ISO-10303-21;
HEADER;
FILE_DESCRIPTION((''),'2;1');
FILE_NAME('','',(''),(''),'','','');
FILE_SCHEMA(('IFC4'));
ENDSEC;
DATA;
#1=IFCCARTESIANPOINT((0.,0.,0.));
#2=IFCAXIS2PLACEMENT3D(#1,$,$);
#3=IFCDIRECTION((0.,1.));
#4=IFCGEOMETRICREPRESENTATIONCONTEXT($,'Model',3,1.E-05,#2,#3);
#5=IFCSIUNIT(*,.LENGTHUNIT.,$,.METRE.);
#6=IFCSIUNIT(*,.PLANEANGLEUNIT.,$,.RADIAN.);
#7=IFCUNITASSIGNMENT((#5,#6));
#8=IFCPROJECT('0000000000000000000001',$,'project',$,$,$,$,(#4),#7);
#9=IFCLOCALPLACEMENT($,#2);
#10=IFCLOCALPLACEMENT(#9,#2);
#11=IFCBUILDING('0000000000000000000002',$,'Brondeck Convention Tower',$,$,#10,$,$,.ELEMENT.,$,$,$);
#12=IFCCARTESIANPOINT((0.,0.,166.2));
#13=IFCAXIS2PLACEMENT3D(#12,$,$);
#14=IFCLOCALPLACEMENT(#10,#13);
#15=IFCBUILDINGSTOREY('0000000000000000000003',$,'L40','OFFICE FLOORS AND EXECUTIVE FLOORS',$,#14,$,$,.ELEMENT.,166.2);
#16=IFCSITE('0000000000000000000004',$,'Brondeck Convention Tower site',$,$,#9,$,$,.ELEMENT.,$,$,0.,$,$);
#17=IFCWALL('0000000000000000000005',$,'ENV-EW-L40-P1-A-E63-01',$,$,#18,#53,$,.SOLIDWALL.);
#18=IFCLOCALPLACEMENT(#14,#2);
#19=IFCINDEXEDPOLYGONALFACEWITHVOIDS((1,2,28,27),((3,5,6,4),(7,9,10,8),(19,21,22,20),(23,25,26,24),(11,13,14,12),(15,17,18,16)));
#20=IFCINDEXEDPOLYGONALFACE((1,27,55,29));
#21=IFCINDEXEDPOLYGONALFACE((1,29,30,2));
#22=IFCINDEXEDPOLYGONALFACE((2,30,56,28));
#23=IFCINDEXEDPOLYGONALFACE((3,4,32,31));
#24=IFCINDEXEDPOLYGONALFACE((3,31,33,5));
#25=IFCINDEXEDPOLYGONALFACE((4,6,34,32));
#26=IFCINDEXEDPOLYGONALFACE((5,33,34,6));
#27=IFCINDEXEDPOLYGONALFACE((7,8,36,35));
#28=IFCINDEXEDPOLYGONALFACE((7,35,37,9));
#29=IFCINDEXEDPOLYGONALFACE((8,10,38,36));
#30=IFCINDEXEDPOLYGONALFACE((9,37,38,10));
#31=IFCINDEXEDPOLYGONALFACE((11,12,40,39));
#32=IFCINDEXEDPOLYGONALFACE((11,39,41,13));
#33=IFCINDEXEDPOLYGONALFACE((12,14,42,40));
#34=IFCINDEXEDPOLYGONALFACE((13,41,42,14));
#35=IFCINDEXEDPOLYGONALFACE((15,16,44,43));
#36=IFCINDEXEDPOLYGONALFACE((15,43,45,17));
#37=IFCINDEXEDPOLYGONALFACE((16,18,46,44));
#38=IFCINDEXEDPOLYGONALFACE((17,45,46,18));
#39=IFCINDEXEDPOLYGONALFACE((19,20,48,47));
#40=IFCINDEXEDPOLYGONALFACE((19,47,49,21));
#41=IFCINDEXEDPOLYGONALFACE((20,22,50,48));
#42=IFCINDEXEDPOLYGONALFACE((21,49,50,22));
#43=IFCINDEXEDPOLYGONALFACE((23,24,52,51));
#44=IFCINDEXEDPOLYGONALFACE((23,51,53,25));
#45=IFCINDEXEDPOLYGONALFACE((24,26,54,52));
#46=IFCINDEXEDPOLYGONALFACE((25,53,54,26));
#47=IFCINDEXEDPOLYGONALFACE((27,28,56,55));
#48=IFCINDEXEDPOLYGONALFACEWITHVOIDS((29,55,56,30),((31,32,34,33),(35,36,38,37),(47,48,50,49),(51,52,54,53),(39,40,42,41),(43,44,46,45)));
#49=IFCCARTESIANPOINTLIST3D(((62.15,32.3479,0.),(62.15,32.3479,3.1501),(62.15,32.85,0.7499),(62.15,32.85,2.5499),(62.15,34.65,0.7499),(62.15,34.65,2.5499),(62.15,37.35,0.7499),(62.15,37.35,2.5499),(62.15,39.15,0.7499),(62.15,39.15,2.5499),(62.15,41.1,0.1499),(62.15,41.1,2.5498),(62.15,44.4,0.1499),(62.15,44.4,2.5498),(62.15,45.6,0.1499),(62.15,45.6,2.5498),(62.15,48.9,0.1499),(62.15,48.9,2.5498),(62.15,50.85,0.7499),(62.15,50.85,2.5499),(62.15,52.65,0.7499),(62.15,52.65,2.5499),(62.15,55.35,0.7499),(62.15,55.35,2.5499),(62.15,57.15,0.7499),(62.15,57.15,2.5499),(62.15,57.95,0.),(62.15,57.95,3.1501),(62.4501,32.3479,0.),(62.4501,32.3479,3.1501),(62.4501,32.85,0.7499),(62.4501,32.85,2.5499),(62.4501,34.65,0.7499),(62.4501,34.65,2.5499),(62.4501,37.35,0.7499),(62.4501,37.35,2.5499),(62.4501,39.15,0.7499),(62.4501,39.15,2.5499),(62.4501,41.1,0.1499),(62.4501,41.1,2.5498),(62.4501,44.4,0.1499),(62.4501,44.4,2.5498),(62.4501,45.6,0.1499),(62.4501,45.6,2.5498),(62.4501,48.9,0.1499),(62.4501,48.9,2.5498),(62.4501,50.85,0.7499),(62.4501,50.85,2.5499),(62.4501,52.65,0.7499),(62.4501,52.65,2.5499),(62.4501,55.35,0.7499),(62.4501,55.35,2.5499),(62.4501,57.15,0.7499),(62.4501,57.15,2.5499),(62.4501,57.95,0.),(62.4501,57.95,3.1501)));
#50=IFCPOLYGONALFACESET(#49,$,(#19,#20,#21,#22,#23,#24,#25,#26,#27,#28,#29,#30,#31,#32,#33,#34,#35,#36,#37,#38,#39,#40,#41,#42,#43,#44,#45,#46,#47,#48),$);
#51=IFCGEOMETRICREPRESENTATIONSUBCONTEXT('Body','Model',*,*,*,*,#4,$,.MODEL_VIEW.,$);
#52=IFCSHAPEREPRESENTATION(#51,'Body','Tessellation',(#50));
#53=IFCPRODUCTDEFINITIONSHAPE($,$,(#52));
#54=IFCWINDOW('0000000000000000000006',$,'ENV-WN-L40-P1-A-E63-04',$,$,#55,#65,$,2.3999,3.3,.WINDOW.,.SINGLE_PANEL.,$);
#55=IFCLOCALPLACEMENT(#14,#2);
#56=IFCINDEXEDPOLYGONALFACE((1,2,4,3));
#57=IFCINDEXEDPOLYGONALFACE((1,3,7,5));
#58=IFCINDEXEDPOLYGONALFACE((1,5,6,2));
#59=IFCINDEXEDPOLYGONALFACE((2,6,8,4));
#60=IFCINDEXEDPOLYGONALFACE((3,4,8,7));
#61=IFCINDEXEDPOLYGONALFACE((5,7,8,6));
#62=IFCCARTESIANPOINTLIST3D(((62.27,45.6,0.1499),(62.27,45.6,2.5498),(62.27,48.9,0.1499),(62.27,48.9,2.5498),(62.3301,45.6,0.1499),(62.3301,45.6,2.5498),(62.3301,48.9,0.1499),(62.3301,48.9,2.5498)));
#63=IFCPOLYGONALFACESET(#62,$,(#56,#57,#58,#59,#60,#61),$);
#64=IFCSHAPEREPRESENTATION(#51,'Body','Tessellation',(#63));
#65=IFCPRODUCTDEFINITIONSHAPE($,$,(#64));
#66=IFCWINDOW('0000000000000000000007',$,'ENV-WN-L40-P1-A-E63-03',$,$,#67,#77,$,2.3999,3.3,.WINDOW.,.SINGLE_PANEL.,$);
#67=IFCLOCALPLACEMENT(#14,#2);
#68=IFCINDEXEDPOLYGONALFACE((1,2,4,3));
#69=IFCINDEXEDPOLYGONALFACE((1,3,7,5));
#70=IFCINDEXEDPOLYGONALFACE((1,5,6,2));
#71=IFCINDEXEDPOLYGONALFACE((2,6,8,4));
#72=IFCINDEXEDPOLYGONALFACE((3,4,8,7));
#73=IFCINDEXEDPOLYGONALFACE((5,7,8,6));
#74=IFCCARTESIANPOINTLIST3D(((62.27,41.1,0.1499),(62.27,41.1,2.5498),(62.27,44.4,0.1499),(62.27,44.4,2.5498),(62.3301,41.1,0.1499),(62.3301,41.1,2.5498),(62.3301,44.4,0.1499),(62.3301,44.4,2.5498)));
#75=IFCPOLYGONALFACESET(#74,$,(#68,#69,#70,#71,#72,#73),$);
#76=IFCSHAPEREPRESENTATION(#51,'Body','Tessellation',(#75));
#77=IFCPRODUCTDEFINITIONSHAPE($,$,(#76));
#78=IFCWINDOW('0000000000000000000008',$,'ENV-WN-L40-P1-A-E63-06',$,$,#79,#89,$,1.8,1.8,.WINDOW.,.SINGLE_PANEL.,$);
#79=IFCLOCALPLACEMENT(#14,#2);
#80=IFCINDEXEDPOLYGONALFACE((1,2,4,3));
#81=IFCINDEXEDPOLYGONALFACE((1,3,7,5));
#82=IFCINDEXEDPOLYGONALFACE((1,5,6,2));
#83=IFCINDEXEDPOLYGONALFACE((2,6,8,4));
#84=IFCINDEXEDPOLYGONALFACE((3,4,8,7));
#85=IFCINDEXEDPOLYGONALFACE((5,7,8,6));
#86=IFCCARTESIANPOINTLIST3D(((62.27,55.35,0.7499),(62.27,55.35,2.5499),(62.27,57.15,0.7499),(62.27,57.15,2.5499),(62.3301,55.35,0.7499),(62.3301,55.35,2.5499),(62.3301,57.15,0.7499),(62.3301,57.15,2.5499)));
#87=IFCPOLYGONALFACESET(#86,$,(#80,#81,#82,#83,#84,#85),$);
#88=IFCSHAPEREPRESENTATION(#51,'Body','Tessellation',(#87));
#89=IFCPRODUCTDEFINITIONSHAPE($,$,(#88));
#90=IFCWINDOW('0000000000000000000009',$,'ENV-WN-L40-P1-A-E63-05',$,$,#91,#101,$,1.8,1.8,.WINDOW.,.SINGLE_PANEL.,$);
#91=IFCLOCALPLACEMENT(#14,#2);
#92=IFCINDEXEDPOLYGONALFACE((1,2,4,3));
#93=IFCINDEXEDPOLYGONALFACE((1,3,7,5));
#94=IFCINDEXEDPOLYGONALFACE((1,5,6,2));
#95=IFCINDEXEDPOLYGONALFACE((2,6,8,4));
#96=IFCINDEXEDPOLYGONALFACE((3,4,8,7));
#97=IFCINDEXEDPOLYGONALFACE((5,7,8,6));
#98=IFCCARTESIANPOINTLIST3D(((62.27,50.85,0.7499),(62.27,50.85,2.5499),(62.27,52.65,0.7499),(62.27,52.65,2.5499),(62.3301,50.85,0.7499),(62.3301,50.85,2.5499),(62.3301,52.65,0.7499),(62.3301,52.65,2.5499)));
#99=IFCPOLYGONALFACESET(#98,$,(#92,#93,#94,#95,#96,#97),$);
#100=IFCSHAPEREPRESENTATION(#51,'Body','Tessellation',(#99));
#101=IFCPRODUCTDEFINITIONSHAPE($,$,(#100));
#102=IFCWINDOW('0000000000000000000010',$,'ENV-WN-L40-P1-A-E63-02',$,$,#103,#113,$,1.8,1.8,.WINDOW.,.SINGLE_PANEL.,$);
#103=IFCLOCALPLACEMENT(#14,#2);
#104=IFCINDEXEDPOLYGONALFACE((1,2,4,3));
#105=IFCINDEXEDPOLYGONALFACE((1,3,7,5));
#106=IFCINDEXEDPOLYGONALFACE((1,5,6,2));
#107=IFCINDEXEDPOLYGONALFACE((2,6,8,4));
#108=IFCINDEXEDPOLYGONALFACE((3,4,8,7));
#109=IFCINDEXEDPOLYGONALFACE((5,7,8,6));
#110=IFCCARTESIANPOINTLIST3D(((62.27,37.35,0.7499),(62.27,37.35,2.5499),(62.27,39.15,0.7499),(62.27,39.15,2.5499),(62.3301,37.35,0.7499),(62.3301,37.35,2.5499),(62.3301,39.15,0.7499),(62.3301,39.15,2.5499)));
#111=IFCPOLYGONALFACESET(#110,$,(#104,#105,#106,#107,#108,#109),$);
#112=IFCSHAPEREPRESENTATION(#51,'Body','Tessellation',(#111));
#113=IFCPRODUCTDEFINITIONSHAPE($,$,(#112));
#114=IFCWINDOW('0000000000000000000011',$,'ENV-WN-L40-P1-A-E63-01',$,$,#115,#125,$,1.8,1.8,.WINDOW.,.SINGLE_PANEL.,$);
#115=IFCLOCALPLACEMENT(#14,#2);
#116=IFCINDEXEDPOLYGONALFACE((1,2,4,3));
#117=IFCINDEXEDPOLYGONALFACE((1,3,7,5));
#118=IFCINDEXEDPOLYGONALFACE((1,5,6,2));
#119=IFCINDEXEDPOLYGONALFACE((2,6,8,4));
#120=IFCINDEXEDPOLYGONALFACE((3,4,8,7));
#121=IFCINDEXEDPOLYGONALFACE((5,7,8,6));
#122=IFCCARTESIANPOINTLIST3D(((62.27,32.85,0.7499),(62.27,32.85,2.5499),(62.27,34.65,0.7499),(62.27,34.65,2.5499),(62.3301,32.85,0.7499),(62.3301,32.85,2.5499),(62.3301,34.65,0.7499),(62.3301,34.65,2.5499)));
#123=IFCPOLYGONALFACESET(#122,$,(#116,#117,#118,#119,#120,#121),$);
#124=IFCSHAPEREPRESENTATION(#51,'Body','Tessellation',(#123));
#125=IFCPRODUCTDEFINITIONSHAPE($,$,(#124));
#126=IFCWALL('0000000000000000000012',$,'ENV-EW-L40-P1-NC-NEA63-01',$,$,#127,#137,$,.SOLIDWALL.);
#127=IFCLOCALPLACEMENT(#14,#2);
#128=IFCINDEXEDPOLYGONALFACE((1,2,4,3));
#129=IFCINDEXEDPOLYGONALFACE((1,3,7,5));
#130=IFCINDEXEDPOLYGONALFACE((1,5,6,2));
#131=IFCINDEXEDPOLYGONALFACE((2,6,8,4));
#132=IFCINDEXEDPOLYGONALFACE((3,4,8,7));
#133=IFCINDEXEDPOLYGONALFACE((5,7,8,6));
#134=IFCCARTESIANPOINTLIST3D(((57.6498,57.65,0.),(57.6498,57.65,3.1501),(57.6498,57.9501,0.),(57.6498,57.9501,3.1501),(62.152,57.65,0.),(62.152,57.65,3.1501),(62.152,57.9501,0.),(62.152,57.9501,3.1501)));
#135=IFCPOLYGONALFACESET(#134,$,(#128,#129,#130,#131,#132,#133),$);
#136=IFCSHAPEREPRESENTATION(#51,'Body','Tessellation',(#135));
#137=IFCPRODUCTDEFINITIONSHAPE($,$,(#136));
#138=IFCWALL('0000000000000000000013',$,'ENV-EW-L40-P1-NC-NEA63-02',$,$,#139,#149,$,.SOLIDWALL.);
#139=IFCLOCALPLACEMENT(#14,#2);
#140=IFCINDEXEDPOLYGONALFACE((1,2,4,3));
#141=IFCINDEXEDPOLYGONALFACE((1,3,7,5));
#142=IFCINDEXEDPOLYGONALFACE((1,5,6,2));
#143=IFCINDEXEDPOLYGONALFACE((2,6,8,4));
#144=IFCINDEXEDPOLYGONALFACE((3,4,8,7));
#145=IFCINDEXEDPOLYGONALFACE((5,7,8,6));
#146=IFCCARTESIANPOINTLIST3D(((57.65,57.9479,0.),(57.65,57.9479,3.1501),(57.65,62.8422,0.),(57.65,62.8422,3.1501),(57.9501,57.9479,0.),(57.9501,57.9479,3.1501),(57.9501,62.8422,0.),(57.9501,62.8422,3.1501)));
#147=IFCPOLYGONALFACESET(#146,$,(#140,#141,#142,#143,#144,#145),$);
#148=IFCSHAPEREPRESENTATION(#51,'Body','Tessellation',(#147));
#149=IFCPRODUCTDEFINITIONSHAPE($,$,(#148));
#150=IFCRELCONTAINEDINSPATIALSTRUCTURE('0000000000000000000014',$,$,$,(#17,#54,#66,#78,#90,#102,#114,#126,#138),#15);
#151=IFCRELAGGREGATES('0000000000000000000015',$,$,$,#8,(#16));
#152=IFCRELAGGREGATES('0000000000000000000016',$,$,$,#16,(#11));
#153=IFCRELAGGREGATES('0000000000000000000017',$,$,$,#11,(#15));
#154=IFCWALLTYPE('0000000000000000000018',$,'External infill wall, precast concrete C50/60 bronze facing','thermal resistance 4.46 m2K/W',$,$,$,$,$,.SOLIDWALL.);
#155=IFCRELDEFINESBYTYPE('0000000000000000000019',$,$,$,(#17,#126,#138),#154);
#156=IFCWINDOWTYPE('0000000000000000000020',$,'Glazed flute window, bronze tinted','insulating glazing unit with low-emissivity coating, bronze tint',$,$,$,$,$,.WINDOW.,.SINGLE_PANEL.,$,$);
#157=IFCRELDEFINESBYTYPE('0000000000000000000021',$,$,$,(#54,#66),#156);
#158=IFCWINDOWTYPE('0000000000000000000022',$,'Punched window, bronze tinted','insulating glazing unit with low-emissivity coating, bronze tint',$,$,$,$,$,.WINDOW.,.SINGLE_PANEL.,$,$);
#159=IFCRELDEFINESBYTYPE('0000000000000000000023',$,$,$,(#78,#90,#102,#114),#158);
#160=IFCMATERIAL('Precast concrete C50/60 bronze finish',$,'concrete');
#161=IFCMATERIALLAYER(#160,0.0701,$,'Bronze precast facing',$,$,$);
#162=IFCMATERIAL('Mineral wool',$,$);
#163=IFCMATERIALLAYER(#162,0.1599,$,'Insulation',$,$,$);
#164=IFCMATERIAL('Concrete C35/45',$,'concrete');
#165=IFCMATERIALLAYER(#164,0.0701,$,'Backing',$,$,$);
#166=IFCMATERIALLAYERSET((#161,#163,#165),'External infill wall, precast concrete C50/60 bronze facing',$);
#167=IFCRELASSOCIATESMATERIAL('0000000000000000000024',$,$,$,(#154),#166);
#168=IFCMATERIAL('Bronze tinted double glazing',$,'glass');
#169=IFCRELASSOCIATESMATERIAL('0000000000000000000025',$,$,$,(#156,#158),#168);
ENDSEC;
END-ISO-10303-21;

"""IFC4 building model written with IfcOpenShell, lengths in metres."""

from ifc_helpers import new_model, si_unit, direction, frame, frame_2d, origin, place, context, subcontext, project, spatial, rectangle, extrude, material, layer, layer_set, type_object, element, fill, save


model = new_model("IFC4")

# Units and contexts
model_context = context("Model", 3, precision=1e-05, world=origin(), true_north=direction((0.0, 1.0)))
body_context = subcontext(model_context, "Body", "Model", "MODEL_VIEW")
ifc_project = project(units=[si_unit("LENGTHUNIT", "METRE"), si_unit("PLANEANGLEUNIT", "RADIAN")], contexts=[model_context])

# Site, building, storey
site_placement = place(None, origin())
site = spatial("IfcSite", under=ifc_project, at=site_placement, Name="Brondeck Convention Tower site", CompositionType="ELEMENT", RefElevation=0.0)
building_placement = place(site_placement, origin())
building = spatial("IfcBuilding", under=site, at=building_placement, Name="Brondeck Convention Tower", CompositionType="ELEMENT")
storey_placement = place(building_placement, frame((0.0, 0.0, 166.2)))
storey = spatial("IfcBuildingStorey", under=building, at=storey_placement, Name="L40", Description="OFFICE FLOORS AND EXECUTIVE FLOORS", CompositionType="ELEMENT", Elevation=166.2)

# Wall, openings, windows
ifc_material_1 = material(Name="Precast concrete C50/60 bronze finish", Category="concrete")
ifc_layer_1 = layer(ifc_material_1, 0.0701, Name="Bronze precast facing")
ifc_material_2 = material(Name="Mineral wool")
ifc_layer_2 = layer(ifc_material_2, 0.1599, Name="Insulation")
ifc_material_3 = material(Name="Concrete C35/45", Category="concrete")
ifc_layer_3 = layer(ifc_material_3, 0.0701, Name="Backing")
ifc_layer_set = layer_set([ifc_layer_1, ifc_layer_2, ifc_layer_3], Name="External infill wall, precast concrete C50/60 bronze facing")
wall_type = type_object("IfcWallType", Name="External infill wall, precast concrete C50/60 bronze facing", Description="thermal resistance 4.46 m2K/W", PredefinedType="SOLIDWALL", material=ifc_layer_set)
wall_1_placement = place(storey_placement, frame((62.3, 57.95, 0.0), z_axis=(0.0, 0.0, 1.0), x_axis=(0.0, -1.0, 0.0)))
wall_1 = element("IfcWall", 1, at=wall_1_placement, inside=storey, type_object=wall_type, Name="ENV-EW-L40-P1-A-E63-01", PredefinedType="SOLIDWALL", context=body_context, shape_type="SweptSolid", body=[
    extrude(rectangle(XDim=25.6021, YDim=0.3, at=frame_2d((12.801, 0.0))), origin(), (0.0, 0.0, 1.0), 3.1501),
])
opening_1_placement = place(wall_1_placement, frame((0.8, 0.0, 0.75)))
opening_1 = element("IfcOpeningElement", 2, at=opening_1_placement, cuts=wall_1, PredefinedType="OPENING", context=body_context, shape_type="SweptSolid", body=[
    extrude(rectangle(XDim=1.8, YDim=1.8, at=frame_2d((0.8999, 0.8999))), frame((0.0, 0.1599, 0.0), z_axis=(0.0, -1.0, 0.0), x_axis=(1.0, 0.0, 0.0)), (0.0, 0.0, 1.0), 0.3201),
])
opening_2_placement = place(wall_1_placement, frame((5.3, 0.0, 0.75)))
opening_2 = element("IfcOpeningElement", 3, at=opening_2_placement, cuts=wall_1, PredefinedType="OPENING", context=body_context, shape_type="SweptSolid", body=[
    extrude(rectangle(XDim=1.8, YDim=1.8, at=frame_2d((0.8999, 0.8999))), frame((0.0, 0.1599, 0.0), z_axis=(0.0, -1.0, 0.0), x_axis=(1.0, 0.0, 0.0)), (0.0, 0.0, 1.0), 0.3201),
])
opening_3_placement = place(wall_1_placement, frame((9.05, 0.0, 0.1499)))
opening_3 = element("IfcOpeningElement", 4, at=opening_3_placement, cuts=wall_1, PredefinedType="OPENING", context=body_context, shape_type="SweptSolid", body=[
    extrude(rectangle(XDim=3.3, YDim=2.3999, at=frame_2d((1.6499, 1.2))), frame((0.0, 0.1599, 0.0), z_axis=(0.0, -1.0, 0.0), x_axis=(1.0, 0.0, 0.0)), (0.0, 0.0, 1.0), 0.3201),
])
opening_4_placement = place(wall_1_placement, frame((13.55, 0.0, 0.1499)))
opening_4 = element("IfcOpeningElement", 5, at=opening_4_placement, cuts=wall_1, PredefinedType="OPENING", context=body_context, shape_type="SweptSolid", body=[
    extrude(rectangle(XDim=3.3, YDim=2.3999, at=frame_2d((1.6499, 1.2))), frame((0.0, 0.1599, 0.0), z_axis=(0.0, -1.0, 0.0), x_axis=(1.0, 0.0, 0.0)), (0.0, 0.0, 1.0), 0.3201),
])
opening_5_placement = place(wall_1_placement, frame((18.8, 0.0, 0.75)))
opening_5 = element("IfcOpeningElement", 6, at=opening_5_placement, cuts=wall_1, PredefinedType="OPENING", context=body_context, shape_type="SweptSolid", body=[
    extrude(rectangle(XDim=1.8, YDim=1.8, at=frame_2d((0.8999, 0.8999))), frame((0.0, 0.1599, 0.0), z_axis=(0.0, -1.0, 0.0), x_axis=(1.0, 0.0, 0.0)), (0.0, 0.0, 1.0), 0.3201),
])
opening_6_placement = place(wall_1_placement, frame((23.3, 0.0, 0.75)))
opening_6 = element("IfcOpeningElement", 7, at=opening_6_placement, cuts=wall_1, PredefinedType="OPENING", context=body_context, shape_type="SweptSolid", body=[
    extrude(rectangle(XDim=1.8, YDim=1.8, at=frame_2d((0.8999, 0.8999))), frame((0.0, 0.1599, 0.0), z_axis=(0.0, -1.0, 0.0), x_axis=(1.0, 0.0, 0.0)), (0.0, 0.0, 1.0), 0.3201),
])
ifc_material_4 = material(Name="Bronze tinted double glazing", Category="glass")
window_type_1 = type_object("IfcWindowType", Name="Glazed flute window, bronze tinted", Description="insulating glazing unit with low-emissivity coating, bronze tint", PartitioningType="SINGLE_PANEL", PredefinedType="WINDOW", material=ifc_material_4)
window_1_placement = place(opening_3_placement, origin())
window_1 = element("IfcWindow", 8, at=window_1_placement, inside=storey, type_object=window_type_1, Name="ENV-WN-L40-P1-A-E63-04", OverallHeight=2.3999, OverallWidth=3.3, PartitioningType="SINGLE_PANEL", PredefinedType="WINDOW", context=body_context, shape_type="SweptSolid", body=[
    extrude(rectangle(XDim=3.3, YDim=2.3999, at=frame_2d((1.6499, 1.2))), frame((0.0, 0.03, 0.0), z_axis=(0.0, -1.0, 0.0), x_axis=(1.0, 0.0, 0.0)), (0.0, 0.0, 1.0), 0.0601),
])
fill(opening_3, window_1)
window_2_placement = place(opening_4_placement, origin())
window_2 = element("IfcWindow", 9, at=window_2_placement, inside=storey, type_object=window_type_1, Name="ENV-WN-L40-P1-A-E63-03", OverallHeight=2.3999, OverallWidth=3.3, PartitioningType="SINGLE_PANEL", PredefinedType="WINDOW", context=body_context, shape_type="SweptSolid", body=[
    extrude(rectangle(XDim=3.3, YDim=2.3999, at=frame_2d((1.6499, 1.2))), frame((0.0, 0.03, 0.0), z_axis=(0.0, -1.0, 0.0), x_axis=(1.0, 0.0, 0.0)), (0.0, 0.0, 1.0), 0.0601),
])
fill(opening_4, window_2)
window_type_2 = type_object("IfcWindowType", Name="Punched window, bronze tinted", Description="insulating glazing unit with low-emissivity coating, bronze tint", PartitioningType="SINGLE_PANEL", PredefinedType="WINDOW", material=ifc_material_4)
window_3_placement = place(opening_1_placement, origin())
window_3 = element("IfcWindow", 10, at=window_3_placement, inside=storey, type_object=window_type_2, Name="ENV-WN-L40-P1-A-E63-06", OverallHeight=1.8, OverallWidth=1.8, PartitioningType="SINGLE_PANEL", PredefinedType="WINDOW", context=body_context, shape_type="SweptSolid", body=[
    extrude(rectangle(XDim=1.8, YDim=1.8, at=frame_2d((0.8999, 0.8999))), frame((0.0, 0.03, 0.0), z_axis=(0.0, -1.0, 0.0), x_axis=(1.0, 0.0, 0.0)), (0.0, 0.0, 1.0), 0.0601),
])
fill(opening_1, window_3)
window_4_placement = place(opening_2_placement, origin())
window_4 = element("IfcWindow", 11, at=window_4_placement, inside=storey, type_object=window_type_2, Name="ENV-WN-L40-P1-A-E63-05", OverallHeight=1.8, OverallWidth=1.8, PartitioningType="SINGLE_PANEL", PredefinedType="WINDOW", context=body_context, shape_type="SweptSolid", body=[
    extrude(rectangle(XDim=1.8, YDim=1.8, at=frame_2d((0.8999, 0.8999))), frame((0.0, 0.03, 0.0), z_axis=(0.0, -1.0, 0.0), x_axis=(1.0, 0.0, 0.0)), (0.0, 0.0, 1.0), 0.0601),
])
fill(opening_2, window_4)
window_5_placement = place(opening_5_placement, origin())
window_5 = element("IfcWindow", 12, at=window_5_placement, inside=storey, type_object=window_type_2, Name="ENV-WN-L40-P1-A-E63-02", OverallHeight=1.8, OverallWidth=1.8, PartitioningType="SINGLE_PANEL", PredefinedType="WINDOW", context=body_context, shape_type="SweptSolid", body=[
    extrude(rectangle(XDim=1.8, YDim=1.8, at=frame_2d((0.8999, 0.8999))), frame((0.0, 0.03, 0.0), z_axis=(0.0, -1.0, 0.0), x_axis=(1.0, 0.0, 0.0)), (0.0, 0.0, 1.0), 0.0601),
])
fill(opening_5, window_5)
window_6_placement = place(opening_6_placement, origin())
window_6 = element("IfcWindow", 13, at=window_6_placement, inside=storey, type_object=window_type_2, Name="ENV-WN-L40-P1-A-E63-01", OverallHeight=1.8, OverallWidth=1.8, PartitioningType="SINGLE_PANEL", PredefinedType="WINDOW", context=body_context, shape_type="SweptSolid", body=[
    extrude(rectangle(XDim=1.8, YDim=1.8, at=frame_2d((0.8999, 0.8999))), frame((0.0, 0.03, 0.0), z_axis=(0.0, -1.0, 0.0), x_axis=(1.0, 0.0, 0.0)), (0.0, 0.0, 1.0), 0.0601),
])
fill(opening_6, window_6)

# Walls
wall_2_placement = place(storey_placement, frame((57.6499, 57.8, 0.0), z_axis=(0.0, 0.0, 1.0), x_axis=(1.0, 0.0, 0.0)))
element("IfcWall", 14, at=wall_2_placement, inside=storey, type_object=wall_type, Name="ENV-EW-L40-P1-NC-NEA63-01", PredefinedType="SOLIDWALL", context=body_context, shape_type="SweptSolid", body=[
    extrude(rectangle(XDim=4.5022, YDim=0.3, at=frame_2d((2.251, 0.0))), origin(), (0.0, 0.0, 1.0), 3.1501),
])
wall_3_placement = place(storey_placement, frame((57.8, 62.8423, 0.0), z_axis=(0.0, 0.0, 1.0), x_axis=(0.0, -1.0, 0.0)))
element("IfcWall", 15, at=wall_3_placement, inside=storey, type_object=wall_type, Name="ENV-EW-L40-P1-NC-NEA63-02", PredefinedType="SOLIDWALL", context=body_context, shape_type="SweptSolid", body=[
    extrude(rectangle(XDim=4.8943, YDim=0.3, at=frame_2d((2.4473, 0.0))), origin(), (0.0, 0.0, 1.0), 3.1501),
])

save(model, "model.ifc")
